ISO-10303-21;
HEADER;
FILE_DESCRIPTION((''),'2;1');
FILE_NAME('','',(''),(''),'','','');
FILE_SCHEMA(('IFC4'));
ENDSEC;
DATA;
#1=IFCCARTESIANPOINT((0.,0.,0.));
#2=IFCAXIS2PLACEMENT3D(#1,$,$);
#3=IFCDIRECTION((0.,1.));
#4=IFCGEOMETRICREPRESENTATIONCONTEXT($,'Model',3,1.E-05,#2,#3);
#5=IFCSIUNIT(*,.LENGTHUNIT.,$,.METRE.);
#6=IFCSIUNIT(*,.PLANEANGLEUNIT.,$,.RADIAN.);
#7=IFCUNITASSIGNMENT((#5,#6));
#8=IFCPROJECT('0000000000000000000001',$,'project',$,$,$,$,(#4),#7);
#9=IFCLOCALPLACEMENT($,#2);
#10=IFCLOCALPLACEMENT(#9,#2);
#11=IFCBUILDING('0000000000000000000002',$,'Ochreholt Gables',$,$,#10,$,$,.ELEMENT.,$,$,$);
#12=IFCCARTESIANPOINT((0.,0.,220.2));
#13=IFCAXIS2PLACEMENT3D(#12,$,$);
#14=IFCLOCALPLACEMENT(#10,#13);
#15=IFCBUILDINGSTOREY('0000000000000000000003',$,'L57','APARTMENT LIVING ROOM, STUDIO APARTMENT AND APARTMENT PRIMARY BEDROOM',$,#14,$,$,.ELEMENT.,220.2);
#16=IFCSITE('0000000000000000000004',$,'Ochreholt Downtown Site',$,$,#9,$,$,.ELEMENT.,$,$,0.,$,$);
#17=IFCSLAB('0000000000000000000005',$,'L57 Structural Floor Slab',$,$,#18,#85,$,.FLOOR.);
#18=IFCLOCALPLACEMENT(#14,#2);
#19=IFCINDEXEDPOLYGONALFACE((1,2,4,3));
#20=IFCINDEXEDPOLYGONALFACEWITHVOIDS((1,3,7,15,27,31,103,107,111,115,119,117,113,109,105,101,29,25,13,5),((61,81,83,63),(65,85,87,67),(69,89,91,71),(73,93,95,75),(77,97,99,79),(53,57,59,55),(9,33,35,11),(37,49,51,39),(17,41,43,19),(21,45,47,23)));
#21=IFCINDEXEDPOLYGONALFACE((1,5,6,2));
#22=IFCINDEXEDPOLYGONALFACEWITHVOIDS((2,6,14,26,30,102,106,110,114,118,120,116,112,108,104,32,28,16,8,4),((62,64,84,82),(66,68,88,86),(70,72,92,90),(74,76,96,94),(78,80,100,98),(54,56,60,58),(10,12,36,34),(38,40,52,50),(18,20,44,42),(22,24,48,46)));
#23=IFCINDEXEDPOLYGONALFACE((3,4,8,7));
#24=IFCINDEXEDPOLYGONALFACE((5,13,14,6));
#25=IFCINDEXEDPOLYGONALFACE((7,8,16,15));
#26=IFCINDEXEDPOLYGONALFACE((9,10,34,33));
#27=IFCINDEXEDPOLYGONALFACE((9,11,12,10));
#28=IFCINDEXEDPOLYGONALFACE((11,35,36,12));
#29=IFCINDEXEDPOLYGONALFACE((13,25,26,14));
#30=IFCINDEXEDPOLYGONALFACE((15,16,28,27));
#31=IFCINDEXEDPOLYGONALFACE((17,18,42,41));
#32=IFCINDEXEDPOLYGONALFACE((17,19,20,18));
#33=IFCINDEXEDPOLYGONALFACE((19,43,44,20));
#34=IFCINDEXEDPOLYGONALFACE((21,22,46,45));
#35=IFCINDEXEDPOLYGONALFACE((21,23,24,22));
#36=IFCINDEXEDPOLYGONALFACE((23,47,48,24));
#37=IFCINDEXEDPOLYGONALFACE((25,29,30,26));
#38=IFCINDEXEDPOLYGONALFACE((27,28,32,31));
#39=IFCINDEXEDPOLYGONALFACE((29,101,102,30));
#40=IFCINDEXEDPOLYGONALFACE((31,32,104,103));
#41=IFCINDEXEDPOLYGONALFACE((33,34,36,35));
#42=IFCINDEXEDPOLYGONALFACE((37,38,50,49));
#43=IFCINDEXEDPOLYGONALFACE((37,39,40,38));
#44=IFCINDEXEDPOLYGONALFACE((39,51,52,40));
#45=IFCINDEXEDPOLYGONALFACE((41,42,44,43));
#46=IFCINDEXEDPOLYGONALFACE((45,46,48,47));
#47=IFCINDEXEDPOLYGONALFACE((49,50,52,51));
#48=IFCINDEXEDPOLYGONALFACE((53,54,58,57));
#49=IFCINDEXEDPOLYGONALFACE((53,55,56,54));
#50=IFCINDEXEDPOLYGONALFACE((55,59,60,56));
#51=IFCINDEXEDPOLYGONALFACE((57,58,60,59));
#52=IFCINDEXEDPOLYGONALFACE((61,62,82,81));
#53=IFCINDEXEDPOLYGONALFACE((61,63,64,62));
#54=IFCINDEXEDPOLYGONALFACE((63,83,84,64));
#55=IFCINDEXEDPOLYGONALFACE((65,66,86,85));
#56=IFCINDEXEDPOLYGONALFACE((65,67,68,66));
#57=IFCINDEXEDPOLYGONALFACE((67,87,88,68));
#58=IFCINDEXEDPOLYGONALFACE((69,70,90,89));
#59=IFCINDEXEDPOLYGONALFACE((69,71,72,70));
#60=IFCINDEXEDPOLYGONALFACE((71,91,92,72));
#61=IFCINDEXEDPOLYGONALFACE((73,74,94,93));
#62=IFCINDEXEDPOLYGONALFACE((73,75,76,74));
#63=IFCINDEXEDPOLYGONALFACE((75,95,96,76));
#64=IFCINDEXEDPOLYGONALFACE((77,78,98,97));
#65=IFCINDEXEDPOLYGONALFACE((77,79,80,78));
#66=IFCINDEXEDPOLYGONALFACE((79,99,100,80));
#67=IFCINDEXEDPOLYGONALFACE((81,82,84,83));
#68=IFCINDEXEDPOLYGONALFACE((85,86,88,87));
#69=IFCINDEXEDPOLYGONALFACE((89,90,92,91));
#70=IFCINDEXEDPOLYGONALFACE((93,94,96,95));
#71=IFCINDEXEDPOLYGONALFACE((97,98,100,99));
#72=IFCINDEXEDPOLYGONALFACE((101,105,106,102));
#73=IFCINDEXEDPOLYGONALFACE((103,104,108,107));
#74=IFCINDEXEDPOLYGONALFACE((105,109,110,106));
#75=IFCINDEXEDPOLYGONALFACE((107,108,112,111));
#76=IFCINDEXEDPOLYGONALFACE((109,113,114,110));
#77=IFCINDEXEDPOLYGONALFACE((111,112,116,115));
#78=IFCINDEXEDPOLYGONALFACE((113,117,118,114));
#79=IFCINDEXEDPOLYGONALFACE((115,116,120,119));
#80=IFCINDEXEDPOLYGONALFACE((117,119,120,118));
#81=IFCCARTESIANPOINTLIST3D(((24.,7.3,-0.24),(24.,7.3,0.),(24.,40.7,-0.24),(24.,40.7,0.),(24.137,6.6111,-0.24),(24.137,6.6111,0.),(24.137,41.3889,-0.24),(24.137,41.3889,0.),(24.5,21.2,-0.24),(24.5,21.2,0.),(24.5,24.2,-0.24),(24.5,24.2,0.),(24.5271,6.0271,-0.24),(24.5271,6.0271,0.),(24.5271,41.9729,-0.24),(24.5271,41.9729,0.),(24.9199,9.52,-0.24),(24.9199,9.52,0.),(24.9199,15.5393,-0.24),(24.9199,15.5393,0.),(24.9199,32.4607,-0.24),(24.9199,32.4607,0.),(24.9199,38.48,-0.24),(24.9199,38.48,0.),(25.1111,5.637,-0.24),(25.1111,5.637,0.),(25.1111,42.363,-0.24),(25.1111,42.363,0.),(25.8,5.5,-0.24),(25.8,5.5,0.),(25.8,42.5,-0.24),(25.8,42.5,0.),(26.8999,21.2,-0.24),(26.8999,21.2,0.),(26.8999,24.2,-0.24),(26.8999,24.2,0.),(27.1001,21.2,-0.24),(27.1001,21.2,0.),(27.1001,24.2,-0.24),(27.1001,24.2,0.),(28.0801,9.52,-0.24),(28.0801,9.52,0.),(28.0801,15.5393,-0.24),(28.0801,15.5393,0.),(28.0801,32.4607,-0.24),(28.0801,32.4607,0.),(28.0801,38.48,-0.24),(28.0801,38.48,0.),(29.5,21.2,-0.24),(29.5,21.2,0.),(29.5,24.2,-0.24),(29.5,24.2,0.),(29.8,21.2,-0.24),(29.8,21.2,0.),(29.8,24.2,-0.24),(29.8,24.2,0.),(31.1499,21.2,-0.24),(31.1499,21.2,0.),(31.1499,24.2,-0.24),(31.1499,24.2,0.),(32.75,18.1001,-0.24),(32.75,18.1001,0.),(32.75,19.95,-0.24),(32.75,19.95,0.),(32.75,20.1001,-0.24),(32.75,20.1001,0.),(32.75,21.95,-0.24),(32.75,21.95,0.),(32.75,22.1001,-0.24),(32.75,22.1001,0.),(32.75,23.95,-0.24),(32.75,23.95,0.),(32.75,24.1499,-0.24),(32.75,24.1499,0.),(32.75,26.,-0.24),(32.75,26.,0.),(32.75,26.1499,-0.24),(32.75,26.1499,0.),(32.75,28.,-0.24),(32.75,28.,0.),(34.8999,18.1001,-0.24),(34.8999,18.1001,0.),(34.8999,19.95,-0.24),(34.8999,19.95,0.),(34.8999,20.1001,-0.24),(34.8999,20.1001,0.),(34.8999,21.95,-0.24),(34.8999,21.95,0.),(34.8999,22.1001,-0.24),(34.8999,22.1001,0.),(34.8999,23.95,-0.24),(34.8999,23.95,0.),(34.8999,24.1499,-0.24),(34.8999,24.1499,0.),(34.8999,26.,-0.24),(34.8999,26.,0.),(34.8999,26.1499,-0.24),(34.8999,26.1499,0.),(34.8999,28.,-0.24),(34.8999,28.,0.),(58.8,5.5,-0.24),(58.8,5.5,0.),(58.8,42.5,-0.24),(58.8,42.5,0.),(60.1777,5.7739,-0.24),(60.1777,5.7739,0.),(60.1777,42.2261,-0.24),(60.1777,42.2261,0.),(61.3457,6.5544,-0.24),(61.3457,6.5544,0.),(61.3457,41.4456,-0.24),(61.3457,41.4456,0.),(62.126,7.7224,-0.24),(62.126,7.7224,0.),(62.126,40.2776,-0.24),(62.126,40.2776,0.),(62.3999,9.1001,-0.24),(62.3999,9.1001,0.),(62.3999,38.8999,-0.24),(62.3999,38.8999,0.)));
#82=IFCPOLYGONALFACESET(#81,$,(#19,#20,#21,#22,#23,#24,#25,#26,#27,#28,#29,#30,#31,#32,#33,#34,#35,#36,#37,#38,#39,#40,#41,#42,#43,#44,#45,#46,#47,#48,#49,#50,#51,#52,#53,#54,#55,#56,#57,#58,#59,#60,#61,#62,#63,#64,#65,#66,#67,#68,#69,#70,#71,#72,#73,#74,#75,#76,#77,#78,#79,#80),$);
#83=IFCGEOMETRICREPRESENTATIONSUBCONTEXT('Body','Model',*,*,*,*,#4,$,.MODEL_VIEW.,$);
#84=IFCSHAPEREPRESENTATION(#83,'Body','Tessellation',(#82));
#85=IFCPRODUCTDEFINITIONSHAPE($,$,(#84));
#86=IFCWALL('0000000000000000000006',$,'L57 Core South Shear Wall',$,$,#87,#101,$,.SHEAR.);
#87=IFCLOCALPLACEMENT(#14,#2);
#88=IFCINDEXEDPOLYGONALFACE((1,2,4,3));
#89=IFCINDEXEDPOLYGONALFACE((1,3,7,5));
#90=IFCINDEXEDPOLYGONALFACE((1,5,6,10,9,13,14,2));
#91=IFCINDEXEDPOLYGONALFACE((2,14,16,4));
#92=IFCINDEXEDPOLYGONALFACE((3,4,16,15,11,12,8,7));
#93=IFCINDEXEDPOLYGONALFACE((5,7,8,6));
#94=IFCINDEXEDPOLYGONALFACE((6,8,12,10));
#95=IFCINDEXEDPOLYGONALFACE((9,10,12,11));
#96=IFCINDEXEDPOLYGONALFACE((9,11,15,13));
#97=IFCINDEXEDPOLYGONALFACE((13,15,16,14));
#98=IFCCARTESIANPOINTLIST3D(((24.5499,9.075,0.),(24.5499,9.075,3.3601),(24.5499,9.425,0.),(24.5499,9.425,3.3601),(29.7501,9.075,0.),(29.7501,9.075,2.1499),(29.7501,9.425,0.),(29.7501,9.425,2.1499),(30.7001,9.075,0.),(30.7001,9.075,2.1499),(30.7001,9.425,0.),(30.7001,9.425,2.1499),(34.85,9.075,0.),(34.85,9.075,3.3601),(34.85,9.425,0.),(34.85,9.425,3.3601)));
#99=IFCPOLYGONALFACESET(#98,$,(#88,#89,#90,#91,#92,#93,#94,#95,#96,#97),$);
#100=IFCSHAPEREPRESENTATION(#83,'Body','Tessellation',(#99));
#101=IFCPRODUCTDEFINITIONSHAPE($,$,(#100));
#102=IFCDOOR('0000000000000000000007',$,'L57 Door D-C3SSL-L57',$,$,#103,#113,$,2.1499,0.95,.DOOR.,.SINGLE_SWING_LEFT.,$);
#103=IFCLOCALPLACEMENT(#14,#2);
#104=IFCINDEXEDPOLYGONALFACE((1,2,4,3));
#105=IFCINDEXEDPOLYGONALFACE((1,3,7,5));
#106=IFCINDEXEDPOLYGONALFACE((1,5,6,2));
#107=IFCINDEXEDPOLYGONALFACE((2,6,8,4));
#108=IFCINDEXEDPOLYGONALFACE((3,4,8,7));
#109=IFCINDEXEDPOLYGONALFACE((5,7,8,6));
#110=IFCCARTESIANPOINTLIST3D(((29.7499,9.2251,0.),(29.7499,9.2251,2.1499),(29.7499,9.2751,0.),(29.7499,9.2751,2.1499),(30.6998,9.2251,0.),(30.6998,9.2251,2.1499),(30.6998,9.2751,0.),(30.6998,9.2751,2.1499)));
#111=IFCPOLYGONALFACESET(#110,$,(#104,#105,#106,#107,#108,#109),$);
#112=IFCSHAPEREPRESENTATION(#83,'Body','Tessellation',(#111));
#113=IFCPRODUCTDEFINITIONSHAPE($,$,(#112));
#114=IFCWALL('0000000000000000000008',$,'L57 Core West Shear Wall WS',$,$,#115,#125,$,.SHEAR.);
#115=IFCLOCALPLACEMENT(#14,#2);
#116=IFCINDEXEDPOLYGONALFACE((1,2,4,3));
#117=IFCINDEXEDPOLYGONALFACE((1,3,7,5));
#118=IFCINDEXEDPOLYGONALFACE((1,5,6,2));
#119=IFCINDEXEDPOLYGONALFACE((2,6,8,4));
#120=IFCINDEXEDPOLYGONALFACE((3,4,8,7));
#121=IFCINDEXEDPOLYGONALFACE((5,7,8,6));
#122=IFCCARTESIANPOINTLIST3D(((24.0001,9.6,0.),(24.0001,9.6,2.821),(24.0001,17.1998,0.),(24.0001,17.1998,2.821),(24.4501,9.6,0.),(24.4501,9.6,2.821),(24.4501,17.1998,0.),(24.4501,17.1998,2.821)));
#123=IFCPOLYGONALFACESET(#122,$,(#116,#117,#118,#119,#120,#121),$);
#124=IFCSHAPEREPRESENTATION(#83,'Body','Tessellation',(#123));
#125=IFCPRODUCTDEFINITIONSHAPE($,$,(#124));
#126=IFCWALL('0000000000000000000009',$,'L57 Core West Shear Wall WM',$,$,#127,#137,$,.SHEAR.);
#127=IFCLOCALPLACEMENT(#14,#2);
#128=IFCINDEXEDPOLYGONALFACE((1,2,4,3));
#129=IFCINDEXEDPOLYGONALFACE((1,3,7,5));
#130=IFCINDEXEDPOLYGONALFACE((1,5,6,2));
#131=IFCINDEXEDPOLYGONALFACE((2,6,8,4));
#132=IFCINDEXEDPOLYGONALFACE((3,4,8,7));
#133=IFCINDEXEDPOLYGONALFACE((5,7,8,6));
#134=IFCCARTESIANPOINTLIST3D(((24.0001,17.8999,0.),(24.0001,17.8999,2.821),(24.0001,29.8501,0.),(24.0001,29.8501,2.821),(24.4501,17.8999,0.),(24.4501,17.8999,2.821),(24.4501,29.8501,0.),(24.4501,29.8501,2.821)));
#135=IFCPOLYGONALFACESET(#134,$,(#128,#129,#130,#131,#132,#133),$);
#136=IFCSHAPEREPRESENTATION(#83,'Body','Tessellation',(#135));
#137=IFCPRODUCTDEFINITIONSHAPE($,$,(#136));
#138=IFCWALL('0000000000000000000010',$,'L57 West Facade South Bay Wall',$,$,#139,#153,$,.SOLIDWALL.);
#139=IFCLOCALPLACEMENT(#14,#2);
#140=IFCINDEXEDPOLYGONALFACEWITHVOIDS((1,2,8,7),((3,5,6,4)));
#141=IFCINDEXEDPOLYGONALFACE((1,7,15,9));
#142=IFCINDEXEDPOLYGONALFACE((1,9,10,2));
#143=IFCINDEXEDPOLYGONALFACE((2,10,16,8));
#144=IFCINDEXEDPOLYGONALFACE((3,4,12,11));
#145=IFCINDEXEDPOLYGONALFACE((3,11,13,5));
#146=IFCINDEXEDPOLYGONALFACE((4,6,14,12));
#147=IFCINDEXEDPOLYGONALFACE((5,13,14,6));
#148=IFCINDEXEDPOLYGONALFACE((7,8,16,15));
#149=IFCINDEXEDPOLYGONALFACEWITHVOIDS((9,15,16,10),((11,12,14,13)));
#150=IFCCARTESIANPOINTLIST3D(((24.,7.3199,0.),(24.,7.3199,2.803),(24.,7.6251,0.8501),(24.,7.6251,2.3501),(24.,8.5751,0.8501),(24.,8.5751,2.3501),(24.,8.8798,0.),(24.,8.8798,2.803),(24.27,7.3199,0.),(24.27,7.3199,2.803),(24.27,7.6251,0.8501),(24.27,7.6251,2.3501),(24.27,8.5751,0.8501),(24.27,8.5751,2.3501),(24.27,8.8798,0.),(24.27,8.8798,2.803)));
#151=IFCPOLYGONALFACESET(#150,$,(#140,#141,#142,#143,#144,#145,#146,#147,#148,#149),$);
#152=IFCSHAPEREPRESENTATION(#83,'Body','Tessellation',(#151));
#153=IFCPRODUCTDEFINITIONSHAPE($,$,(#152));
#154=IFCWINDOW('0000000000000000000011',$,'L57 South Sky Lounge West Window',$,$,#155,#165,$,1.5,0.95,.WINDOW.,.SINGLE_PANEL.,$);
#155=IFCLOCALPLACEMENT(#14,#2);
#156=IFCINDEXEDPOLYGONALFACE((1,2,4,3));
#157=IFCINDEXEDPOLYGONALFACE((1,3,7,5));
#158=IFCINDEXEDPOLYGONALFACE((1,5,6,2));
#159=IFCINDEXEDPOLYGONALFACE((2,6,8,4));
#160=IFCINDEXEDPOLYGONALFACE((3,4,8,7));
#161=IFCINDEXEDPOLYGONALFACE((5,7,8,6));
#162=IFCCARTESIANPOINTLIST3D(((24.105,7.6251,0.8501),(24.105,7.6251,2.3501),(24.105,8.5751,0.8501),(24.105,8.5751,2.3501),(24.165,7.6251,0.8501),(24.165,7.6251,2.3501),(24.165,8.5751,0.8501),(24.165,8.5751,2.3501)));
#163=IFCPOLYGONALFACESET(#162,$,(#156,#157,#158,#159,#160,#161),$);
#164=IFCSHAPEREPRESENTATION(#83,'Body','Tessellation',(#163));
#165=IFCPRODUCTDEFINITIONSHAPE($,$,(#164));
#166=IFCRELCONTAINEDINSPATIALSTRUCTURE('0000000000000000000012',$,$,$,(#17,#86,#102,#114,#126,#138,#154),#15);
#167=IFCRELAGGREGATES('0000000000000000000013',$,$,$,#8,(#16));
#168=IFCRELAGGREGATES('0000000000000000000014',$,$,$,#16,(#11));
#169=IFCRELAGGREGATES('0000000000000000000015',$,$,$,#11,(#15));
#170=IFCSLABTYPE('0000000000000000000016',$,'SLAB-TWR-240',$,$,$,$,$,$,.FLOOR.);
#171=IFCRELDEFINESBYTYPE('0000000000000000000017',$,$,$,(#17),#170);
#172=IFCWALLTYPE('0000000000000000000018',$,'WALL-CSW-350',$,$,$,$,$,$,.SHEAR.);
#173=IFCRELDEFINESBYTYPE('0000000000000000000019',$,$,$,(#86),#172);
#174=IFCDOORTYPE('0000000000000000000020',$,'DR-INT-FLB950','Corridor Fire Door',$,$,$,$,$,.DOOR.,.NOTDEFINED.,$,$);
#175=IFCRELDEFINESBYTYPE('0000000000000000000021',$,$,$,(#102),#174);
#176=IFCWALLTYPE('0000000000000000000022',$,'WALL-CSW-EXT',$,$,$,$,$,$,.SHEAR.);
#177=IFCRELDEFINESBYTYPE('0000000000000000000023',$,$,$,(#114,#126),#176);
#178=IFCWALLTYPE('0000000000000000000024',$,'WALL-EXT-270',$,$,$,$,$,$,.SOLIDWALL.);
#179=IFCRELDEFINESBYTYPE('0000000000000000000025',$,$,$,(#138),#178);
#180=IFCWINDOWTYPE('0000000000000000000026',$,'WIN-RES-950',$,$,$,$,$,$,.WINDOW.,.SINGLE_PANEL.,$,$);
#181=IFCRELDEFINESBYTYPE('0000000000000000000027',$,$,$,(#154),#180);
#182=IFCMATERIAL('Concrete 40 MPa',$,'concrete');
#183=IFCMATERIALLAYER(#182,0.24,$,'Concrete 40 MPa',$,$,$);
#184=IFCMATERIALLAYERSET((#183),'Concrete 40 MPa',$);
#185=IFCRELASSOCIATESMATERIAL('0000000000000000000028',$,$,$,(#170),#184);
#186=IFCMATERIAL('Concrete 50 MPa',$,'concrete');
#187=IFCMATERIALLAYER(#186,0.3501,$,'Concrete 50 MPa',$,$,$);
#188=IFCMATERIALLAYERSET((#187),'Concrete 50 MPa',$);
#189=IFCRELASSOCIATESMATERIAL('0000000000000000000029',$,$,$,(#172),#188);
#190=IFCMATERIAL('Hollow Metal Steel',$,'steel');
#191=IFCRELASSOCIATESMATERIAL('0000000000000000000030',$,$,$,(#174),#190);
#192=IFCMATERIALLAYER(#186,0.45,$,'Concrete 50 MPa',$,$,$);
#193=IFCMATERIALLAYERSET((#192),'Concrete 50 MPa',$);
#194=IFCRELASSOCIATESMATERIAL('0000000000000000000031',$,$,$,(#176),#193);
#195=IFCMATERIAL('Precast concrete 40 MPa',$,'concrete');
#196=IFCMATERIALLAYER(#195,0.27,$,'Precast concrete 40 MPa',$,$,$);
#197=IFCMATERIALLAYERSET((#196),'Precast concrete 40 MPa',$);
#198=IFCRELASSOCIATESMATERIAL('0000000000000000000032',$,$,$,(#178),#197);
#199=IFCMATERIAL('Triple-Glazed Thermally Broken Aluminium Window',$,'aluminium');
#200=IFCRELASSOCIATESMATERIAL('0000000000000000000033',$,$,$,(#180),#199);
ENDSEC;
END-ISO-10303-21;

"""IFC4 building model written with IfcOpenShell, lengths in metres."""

from ifc_helpers import new_model, si_unit, direction, frame, frame_2d, origin, place, context, subcontext, project, spatial, polyline, rectangle, outline, extrude, material, layer, layer_set, type_object, element, fill, save


model = new_model("IFC4")

# Units and contexts
model_context = context("Model", 3, precision=1e-05, world=origin(), true_north=direction((0.0, 1.0)))
body_context = subcontext(model_context, "Body", "Model", "MODEL_VIEW")
ifc_project = project(units=[si_unit("LENGTHUNIT", "METRE"), si_unit("PLANEANGLEUNIT", "RADIAN")], contexts=[model_context])

# Site, building, storey
site_placement = place(None, origin())
site = spatial("IfcSite", under=ifc_project, at=site_placement, Name="Ochreholt Downtown Site", CompositionType="ELEMENT", RefElevation=0.0)
building_placement = place(site_placement, origin())
building = spatial("IfcBuilding", under=site, at=building_placement, Name="Ochreholt Gables", CompositionType="ELEMENT")
storey_placement = place(building_placement, frame((0.0, 0.0, 220.2)))
storey = spatial("IfcBuildingStorey", under=building, at=storey_placement, Name="L57", Description="APARTMENT LIVING ROOM, STUDIO APARTMENT AND APARTMENT PRIMARY BEDROOM", CompositionType="ELEMENT", Elevation=220.2)

# Shared definitions
ifc_material_1 = material(Name="Concrete 50 MPa", Category="concrete")

# Shared definitions
ifc_material_2 = material(Name="Concrete 40 MPa", Category="concrete")

# Slab
ifc_layer_1 = layer(ifc_material_2, 0.24, Name="Concrete 40 MPa")
ifc_layer_set_1 = layer_set([ifc_layer_1], Name="Concrete 40 MPa")
slab_type_1 = type_object("IfcSlabType", Name="SLAB-TWR-240", PredefinedType="FLOOR", material=ifc_layer_set_1)
slab_1_placement = place(storey_placement, frame((0.0, 0.0, -0.24)))
element("IfcSlab", 1, at=slab_1_placement, inside=storey, type_object=slab_type_1, Name="L57 Structural Floor Slab", PredefinedType="FLOOR", context=body_context, shape_type="SweptSolid", body=[
    extrude(outline(polyline([(24.0, 7.3), (24.137, 6.6111), (24.5271, 6.0271), (25.1111, 5.637), (25.8, 5.5), (58.8, 5.5), (60.1777, 5.7739), (61.3457, 6.5544), (62.126, 7.7224), (62.3999, 9.1001), (62.3999, 38.8999), (62.126, 40.2776), (61.3457, 41.4456), (60.1777, 42.2261), (58.8, 42.5), (25.8, 42.5), (25.1111, 42.363), (24.5271, 41.9729), (24.137, 41.3889), (24.0, 40.7), (24.0, 7.3)]), holes=[polyline([(24.9199, 15.5393), (24.9199, 9.52), (28.0801, 9.52), (28.0801, 15.5393), (24.9199, 15.5393)]), polyline([(28.0801, 32.4607), (28.0801, 38.48), (24.9199, 38.48), (24.9199, 32.4607), (28.0801, 32.4607)]), polyline([(24.5, 21.2), (26.8999, 21.2), (26.8999, 24.2), (24.5, 24.2), (24.5, 21.2)]), polyline([(27.1001, 21.2), (29.5, 21.2), (29.5, 24.2), (27.1001, 24.2), (27.1001, 21.2)]), polyline([(32.75, 18.1001), (34.8999, 18.1001), (34.8999, 19.95), (32.75, 19.95), (32.75, 18.1001)]), polyline([(32.75, 20.1001), (34.8999, 20.1001), (34.8999, 21.95), (32.75, 21.95), (32.75, 20.1001)]), polyline([(32.75, 22.1001), (34.8999, 22.1001), (34.8999, 23.95), (32.75, 23.95), (32.75, 22.1001)]), polyline([(32.75, 24.1499), (34.8999, 24.1499), (34.8999, 26.0), (32.75, 26.0), (32.75, 24.1499)]), polyline([(32.75, 26.1499), (34.8999, 26.1499), (34.8999, 28.0), (32.75, 28.0), (32.75, 26.1499)]), polyline([(29.8, 21.2), (31.1499, 21.2), (31.1499, 24.2), (29.8, 24.2), (29.8, 21.2)])]), origin(), (0.0, 0.0, 1.0), 0.24),
])

# Wall, opening, door
ifc_layer_2 = layer(ifc_material_1, 0.3501, Name="Concrete 50 MPa")
ifc_layer_set_2 = layer_set([ifc_layer_2], Name="Concrete 50 MPa")
wall_type_1 = type_object("IfcWallType", Name="WALL-CSW-350", PredefinedType="SHEAR", material=ifc_layer_set_2)
wall_1_placement = place(storey_placement, frame((24.55, 9.25, 0.0), z_axis=(0.0, 0.0, 1.0), x_axis=(1.0, 0.0, 0.0)))
wall_1 = element("IfcWall", 2, at=wall_1_placement, inside=storey, type_object=wall_type_1, Name="L57 Core South Shear Wall", PredefinedType="SHEAR", context=body_context, shape_type="SweptSolid", body=[
    extrude(rectangle(XDim=10.3, YDim=0.3501, at=frame_2d((5.1499, 0.0))), origin(), (0.0, 0.0, 1.0), 3.3601),
])
opening_1_placement = place(wall_1_placement, frame((5.2, 0.0, 0.0)))
opening_1 = element("IfcOpeningElement", 3, at=opening_1_placement, cuts=wall_1, PredefinedType="OPENING", context=body_context, shape_type="SweptSolid", body=[
    extrude(rectangle(XDim=0.95, YDim=2.1499, at=frame_2d((0.4751, 1.075))), frame((0.0, 0.1851, 0.0), z_axis=(0.0, -1.0, 0.0), x_axis=(1.0, 0.0, 0.0)), (0.0, 0.0, 1.0), 0.3701),
])
ifc_material_3 = material(Name="Hollow Metal Steel", Category="steel")
door_type_1 = type_object("IfcDoorType", Name="DR-INT-FLB950", Description="Corridor Fire Door", OperationType="NOTDEFINED", PredefinedType="DOOR", material=ifc_material_3)
door_1_placement = place(opening_1_placement, frame((0.95, 0.0, 0.0), z_axis=(0.0, 0.0, 1.0), x_axis=(-1.0, 0.0, 0.0)))
door_1 = element("IfcDoor", 4, at=door_1_placement, inside=storey, type_object=door_type_1, Name="L57 Door D-C3SSL-L57", OperationType="SINGLE_SWING_LEFT", OverallHeight=2.1499, OverallWidth=0.95, PredefinedType="DOOR", context=body_context, shape_type="SweptSolid", body=[
    extrude(rectangle(XDim=0.95, YDim=2.1499, at=frame_2d((0.4751, 1.075))), frame((0.0, 0.0249, 0.0), z_axis=(0.0, -1.0, 0.0), x_axis=(1.0, 0.0, 0.0)), (0.0, 0.0, 1.0), 0.05),
])
fill(opening_1, door_1)

# Walls
ifc_layer_3 = layer(ifc_material_1, 0.45, Name="Concrete 50 MPa")
ifc_layer_set_3 = layer_set([ifc_layer_3], Name="Concrete 50 MPa")
wall_type_2 = type_object("IfcWallType", Name="WALL-CSW-EXT", PredefinedType="SHEAR", material=ifc_layer_set_3)
wall_2_placement = place(storey_placement, frame((24.2251, 9.6001, 0.0), z_axis=(0.0, 0.0, 1.0), x_axis=(0.0, 1.0, 0.0)))
element("IfcWall", 5, at=wall_2_placement, inside=storey, type_object=wall_type_2, Name="L57 Core West Shear Wall WS", PredefinedType="SHEAR", context=body_context, shape_type="SweptSolid", body=[
    extrude(rectangle(XDim=7.5999, YDim=0.45, at=frame_2d((3.7998, 0.0))), origin(), (0.0, 0.0, 1.0), 2.821),
])
wall_3_placement = place(storey_placement, frame((24.2251, 17.8999, 0.0), z_axis=(0.0, 0.0, 1.0), x_axis=(0.0, 1.0, 0.0)))
element("IfcWall", 6, at=wall_3_placement, inside=storey, type_object=wall_type_2, Name="L57 Core West Shear Wall WM", PredefinedType="SHEAR", context=body_context, shape_type="SweptSolid", body=[
    extrude(rectangle(XDim=11.9502, YDim=0.45, at=frame_2d((5.9751, 0.0))), origin(), (0.0, 0.0, 1.0), 2.821),
])

# Wall, opening, window
ifc_material_4 = material(Name="Precast concrete 40 MPa", Category="concrete")
ifc_layer_4 = layer(ifc_material_4, 0.27, Name="Precast concrete 40 MPa")
ifc_layer_set_4 = layer_set([ifc_layer_4], Name="Precast concrete 40 MPa")
wall_type_3 = type_object("IfcWallType", Name="WALL-EXT-270", PredefinedType="SOLIDWALL", material=ifc_layer_set_4)
wall_4_placement = place(storey_placement, frame((24.135, 7.3201, 0.0), z_axis=(0.0, 0.0, 1.0), x_axis=(0.0, 1.0, 0.0)))
wall_4 = element("IfcWall", 7, at=wall_4_placement, inside=storey, type_object=wall_type_3, Name="L57 West Facade South Bay Wall", PredefinedType="SOLIDWALL", context=body_context, shape_type="SweptSolid", body=[
    extrude(rectangle(XDim=1.5598, YDim=0.27, at=frame_2d((0.7798, 0.0))), origin(), (0.0, 0.0, 1.0), 2.803),
])
opening_2_placement = place(wall_4_placement, frame((0.3049, 0.0, 0.8501)))
opening_2 = element("IfcOpeningElement", 8, at=opening_2_placement, cuts=wall_4, PredefinedType="OPENING", context=body_context, shape_type="SweptSolid", body=[
    extrude(rectangle(XDim=0.95, YDim=1.5, at=frame_2d((0.4751, 0.75))), frame((0.0, 0.145, 0.0), z_axis=(0.0, -1.0, 0.0), x_axis=(1.0, 0.0, 0.0)), (0.0, 0.0, 1.0), 0.29),
])
ifc_material_5 = material(Name="Triple-Glazed Thermally Broken Aluminium Window", Category="aluminium")
window_type = type_object("IfcWindowType", Name="WIN-RES-950", PartitioningType="SINGLE_PANEL", PredefinedType="WINDOW", material=ifc_material_5)
window_placement = place(opening_2_placement, origin())
window = element("IfcWindow", 9, at=window_placement, inside=storey, type_object=window_type, Name="L57 South Sky Lounge West Window", OverallHeight=1.5, OverallWidth=0.95, PartitioningType="SINGLE_PANEL", PredefinedType="WINDOW", context=body_context, shape_type="SweptSolid", body=[
    extrude(rectangle(XDim=0.95, YDim=1.5, at=frame_2d((0.4751, 0.75))), frame((0.0, 0.03, 0.0), z_axis=(0.0, -1.0, 0.0), x_axis=(1.0, 0.0, 0.0)), (0.0, 0.0, 1.0), 0.0601),
])
fill(opening_2, window)

save(model, "model.ifc")
